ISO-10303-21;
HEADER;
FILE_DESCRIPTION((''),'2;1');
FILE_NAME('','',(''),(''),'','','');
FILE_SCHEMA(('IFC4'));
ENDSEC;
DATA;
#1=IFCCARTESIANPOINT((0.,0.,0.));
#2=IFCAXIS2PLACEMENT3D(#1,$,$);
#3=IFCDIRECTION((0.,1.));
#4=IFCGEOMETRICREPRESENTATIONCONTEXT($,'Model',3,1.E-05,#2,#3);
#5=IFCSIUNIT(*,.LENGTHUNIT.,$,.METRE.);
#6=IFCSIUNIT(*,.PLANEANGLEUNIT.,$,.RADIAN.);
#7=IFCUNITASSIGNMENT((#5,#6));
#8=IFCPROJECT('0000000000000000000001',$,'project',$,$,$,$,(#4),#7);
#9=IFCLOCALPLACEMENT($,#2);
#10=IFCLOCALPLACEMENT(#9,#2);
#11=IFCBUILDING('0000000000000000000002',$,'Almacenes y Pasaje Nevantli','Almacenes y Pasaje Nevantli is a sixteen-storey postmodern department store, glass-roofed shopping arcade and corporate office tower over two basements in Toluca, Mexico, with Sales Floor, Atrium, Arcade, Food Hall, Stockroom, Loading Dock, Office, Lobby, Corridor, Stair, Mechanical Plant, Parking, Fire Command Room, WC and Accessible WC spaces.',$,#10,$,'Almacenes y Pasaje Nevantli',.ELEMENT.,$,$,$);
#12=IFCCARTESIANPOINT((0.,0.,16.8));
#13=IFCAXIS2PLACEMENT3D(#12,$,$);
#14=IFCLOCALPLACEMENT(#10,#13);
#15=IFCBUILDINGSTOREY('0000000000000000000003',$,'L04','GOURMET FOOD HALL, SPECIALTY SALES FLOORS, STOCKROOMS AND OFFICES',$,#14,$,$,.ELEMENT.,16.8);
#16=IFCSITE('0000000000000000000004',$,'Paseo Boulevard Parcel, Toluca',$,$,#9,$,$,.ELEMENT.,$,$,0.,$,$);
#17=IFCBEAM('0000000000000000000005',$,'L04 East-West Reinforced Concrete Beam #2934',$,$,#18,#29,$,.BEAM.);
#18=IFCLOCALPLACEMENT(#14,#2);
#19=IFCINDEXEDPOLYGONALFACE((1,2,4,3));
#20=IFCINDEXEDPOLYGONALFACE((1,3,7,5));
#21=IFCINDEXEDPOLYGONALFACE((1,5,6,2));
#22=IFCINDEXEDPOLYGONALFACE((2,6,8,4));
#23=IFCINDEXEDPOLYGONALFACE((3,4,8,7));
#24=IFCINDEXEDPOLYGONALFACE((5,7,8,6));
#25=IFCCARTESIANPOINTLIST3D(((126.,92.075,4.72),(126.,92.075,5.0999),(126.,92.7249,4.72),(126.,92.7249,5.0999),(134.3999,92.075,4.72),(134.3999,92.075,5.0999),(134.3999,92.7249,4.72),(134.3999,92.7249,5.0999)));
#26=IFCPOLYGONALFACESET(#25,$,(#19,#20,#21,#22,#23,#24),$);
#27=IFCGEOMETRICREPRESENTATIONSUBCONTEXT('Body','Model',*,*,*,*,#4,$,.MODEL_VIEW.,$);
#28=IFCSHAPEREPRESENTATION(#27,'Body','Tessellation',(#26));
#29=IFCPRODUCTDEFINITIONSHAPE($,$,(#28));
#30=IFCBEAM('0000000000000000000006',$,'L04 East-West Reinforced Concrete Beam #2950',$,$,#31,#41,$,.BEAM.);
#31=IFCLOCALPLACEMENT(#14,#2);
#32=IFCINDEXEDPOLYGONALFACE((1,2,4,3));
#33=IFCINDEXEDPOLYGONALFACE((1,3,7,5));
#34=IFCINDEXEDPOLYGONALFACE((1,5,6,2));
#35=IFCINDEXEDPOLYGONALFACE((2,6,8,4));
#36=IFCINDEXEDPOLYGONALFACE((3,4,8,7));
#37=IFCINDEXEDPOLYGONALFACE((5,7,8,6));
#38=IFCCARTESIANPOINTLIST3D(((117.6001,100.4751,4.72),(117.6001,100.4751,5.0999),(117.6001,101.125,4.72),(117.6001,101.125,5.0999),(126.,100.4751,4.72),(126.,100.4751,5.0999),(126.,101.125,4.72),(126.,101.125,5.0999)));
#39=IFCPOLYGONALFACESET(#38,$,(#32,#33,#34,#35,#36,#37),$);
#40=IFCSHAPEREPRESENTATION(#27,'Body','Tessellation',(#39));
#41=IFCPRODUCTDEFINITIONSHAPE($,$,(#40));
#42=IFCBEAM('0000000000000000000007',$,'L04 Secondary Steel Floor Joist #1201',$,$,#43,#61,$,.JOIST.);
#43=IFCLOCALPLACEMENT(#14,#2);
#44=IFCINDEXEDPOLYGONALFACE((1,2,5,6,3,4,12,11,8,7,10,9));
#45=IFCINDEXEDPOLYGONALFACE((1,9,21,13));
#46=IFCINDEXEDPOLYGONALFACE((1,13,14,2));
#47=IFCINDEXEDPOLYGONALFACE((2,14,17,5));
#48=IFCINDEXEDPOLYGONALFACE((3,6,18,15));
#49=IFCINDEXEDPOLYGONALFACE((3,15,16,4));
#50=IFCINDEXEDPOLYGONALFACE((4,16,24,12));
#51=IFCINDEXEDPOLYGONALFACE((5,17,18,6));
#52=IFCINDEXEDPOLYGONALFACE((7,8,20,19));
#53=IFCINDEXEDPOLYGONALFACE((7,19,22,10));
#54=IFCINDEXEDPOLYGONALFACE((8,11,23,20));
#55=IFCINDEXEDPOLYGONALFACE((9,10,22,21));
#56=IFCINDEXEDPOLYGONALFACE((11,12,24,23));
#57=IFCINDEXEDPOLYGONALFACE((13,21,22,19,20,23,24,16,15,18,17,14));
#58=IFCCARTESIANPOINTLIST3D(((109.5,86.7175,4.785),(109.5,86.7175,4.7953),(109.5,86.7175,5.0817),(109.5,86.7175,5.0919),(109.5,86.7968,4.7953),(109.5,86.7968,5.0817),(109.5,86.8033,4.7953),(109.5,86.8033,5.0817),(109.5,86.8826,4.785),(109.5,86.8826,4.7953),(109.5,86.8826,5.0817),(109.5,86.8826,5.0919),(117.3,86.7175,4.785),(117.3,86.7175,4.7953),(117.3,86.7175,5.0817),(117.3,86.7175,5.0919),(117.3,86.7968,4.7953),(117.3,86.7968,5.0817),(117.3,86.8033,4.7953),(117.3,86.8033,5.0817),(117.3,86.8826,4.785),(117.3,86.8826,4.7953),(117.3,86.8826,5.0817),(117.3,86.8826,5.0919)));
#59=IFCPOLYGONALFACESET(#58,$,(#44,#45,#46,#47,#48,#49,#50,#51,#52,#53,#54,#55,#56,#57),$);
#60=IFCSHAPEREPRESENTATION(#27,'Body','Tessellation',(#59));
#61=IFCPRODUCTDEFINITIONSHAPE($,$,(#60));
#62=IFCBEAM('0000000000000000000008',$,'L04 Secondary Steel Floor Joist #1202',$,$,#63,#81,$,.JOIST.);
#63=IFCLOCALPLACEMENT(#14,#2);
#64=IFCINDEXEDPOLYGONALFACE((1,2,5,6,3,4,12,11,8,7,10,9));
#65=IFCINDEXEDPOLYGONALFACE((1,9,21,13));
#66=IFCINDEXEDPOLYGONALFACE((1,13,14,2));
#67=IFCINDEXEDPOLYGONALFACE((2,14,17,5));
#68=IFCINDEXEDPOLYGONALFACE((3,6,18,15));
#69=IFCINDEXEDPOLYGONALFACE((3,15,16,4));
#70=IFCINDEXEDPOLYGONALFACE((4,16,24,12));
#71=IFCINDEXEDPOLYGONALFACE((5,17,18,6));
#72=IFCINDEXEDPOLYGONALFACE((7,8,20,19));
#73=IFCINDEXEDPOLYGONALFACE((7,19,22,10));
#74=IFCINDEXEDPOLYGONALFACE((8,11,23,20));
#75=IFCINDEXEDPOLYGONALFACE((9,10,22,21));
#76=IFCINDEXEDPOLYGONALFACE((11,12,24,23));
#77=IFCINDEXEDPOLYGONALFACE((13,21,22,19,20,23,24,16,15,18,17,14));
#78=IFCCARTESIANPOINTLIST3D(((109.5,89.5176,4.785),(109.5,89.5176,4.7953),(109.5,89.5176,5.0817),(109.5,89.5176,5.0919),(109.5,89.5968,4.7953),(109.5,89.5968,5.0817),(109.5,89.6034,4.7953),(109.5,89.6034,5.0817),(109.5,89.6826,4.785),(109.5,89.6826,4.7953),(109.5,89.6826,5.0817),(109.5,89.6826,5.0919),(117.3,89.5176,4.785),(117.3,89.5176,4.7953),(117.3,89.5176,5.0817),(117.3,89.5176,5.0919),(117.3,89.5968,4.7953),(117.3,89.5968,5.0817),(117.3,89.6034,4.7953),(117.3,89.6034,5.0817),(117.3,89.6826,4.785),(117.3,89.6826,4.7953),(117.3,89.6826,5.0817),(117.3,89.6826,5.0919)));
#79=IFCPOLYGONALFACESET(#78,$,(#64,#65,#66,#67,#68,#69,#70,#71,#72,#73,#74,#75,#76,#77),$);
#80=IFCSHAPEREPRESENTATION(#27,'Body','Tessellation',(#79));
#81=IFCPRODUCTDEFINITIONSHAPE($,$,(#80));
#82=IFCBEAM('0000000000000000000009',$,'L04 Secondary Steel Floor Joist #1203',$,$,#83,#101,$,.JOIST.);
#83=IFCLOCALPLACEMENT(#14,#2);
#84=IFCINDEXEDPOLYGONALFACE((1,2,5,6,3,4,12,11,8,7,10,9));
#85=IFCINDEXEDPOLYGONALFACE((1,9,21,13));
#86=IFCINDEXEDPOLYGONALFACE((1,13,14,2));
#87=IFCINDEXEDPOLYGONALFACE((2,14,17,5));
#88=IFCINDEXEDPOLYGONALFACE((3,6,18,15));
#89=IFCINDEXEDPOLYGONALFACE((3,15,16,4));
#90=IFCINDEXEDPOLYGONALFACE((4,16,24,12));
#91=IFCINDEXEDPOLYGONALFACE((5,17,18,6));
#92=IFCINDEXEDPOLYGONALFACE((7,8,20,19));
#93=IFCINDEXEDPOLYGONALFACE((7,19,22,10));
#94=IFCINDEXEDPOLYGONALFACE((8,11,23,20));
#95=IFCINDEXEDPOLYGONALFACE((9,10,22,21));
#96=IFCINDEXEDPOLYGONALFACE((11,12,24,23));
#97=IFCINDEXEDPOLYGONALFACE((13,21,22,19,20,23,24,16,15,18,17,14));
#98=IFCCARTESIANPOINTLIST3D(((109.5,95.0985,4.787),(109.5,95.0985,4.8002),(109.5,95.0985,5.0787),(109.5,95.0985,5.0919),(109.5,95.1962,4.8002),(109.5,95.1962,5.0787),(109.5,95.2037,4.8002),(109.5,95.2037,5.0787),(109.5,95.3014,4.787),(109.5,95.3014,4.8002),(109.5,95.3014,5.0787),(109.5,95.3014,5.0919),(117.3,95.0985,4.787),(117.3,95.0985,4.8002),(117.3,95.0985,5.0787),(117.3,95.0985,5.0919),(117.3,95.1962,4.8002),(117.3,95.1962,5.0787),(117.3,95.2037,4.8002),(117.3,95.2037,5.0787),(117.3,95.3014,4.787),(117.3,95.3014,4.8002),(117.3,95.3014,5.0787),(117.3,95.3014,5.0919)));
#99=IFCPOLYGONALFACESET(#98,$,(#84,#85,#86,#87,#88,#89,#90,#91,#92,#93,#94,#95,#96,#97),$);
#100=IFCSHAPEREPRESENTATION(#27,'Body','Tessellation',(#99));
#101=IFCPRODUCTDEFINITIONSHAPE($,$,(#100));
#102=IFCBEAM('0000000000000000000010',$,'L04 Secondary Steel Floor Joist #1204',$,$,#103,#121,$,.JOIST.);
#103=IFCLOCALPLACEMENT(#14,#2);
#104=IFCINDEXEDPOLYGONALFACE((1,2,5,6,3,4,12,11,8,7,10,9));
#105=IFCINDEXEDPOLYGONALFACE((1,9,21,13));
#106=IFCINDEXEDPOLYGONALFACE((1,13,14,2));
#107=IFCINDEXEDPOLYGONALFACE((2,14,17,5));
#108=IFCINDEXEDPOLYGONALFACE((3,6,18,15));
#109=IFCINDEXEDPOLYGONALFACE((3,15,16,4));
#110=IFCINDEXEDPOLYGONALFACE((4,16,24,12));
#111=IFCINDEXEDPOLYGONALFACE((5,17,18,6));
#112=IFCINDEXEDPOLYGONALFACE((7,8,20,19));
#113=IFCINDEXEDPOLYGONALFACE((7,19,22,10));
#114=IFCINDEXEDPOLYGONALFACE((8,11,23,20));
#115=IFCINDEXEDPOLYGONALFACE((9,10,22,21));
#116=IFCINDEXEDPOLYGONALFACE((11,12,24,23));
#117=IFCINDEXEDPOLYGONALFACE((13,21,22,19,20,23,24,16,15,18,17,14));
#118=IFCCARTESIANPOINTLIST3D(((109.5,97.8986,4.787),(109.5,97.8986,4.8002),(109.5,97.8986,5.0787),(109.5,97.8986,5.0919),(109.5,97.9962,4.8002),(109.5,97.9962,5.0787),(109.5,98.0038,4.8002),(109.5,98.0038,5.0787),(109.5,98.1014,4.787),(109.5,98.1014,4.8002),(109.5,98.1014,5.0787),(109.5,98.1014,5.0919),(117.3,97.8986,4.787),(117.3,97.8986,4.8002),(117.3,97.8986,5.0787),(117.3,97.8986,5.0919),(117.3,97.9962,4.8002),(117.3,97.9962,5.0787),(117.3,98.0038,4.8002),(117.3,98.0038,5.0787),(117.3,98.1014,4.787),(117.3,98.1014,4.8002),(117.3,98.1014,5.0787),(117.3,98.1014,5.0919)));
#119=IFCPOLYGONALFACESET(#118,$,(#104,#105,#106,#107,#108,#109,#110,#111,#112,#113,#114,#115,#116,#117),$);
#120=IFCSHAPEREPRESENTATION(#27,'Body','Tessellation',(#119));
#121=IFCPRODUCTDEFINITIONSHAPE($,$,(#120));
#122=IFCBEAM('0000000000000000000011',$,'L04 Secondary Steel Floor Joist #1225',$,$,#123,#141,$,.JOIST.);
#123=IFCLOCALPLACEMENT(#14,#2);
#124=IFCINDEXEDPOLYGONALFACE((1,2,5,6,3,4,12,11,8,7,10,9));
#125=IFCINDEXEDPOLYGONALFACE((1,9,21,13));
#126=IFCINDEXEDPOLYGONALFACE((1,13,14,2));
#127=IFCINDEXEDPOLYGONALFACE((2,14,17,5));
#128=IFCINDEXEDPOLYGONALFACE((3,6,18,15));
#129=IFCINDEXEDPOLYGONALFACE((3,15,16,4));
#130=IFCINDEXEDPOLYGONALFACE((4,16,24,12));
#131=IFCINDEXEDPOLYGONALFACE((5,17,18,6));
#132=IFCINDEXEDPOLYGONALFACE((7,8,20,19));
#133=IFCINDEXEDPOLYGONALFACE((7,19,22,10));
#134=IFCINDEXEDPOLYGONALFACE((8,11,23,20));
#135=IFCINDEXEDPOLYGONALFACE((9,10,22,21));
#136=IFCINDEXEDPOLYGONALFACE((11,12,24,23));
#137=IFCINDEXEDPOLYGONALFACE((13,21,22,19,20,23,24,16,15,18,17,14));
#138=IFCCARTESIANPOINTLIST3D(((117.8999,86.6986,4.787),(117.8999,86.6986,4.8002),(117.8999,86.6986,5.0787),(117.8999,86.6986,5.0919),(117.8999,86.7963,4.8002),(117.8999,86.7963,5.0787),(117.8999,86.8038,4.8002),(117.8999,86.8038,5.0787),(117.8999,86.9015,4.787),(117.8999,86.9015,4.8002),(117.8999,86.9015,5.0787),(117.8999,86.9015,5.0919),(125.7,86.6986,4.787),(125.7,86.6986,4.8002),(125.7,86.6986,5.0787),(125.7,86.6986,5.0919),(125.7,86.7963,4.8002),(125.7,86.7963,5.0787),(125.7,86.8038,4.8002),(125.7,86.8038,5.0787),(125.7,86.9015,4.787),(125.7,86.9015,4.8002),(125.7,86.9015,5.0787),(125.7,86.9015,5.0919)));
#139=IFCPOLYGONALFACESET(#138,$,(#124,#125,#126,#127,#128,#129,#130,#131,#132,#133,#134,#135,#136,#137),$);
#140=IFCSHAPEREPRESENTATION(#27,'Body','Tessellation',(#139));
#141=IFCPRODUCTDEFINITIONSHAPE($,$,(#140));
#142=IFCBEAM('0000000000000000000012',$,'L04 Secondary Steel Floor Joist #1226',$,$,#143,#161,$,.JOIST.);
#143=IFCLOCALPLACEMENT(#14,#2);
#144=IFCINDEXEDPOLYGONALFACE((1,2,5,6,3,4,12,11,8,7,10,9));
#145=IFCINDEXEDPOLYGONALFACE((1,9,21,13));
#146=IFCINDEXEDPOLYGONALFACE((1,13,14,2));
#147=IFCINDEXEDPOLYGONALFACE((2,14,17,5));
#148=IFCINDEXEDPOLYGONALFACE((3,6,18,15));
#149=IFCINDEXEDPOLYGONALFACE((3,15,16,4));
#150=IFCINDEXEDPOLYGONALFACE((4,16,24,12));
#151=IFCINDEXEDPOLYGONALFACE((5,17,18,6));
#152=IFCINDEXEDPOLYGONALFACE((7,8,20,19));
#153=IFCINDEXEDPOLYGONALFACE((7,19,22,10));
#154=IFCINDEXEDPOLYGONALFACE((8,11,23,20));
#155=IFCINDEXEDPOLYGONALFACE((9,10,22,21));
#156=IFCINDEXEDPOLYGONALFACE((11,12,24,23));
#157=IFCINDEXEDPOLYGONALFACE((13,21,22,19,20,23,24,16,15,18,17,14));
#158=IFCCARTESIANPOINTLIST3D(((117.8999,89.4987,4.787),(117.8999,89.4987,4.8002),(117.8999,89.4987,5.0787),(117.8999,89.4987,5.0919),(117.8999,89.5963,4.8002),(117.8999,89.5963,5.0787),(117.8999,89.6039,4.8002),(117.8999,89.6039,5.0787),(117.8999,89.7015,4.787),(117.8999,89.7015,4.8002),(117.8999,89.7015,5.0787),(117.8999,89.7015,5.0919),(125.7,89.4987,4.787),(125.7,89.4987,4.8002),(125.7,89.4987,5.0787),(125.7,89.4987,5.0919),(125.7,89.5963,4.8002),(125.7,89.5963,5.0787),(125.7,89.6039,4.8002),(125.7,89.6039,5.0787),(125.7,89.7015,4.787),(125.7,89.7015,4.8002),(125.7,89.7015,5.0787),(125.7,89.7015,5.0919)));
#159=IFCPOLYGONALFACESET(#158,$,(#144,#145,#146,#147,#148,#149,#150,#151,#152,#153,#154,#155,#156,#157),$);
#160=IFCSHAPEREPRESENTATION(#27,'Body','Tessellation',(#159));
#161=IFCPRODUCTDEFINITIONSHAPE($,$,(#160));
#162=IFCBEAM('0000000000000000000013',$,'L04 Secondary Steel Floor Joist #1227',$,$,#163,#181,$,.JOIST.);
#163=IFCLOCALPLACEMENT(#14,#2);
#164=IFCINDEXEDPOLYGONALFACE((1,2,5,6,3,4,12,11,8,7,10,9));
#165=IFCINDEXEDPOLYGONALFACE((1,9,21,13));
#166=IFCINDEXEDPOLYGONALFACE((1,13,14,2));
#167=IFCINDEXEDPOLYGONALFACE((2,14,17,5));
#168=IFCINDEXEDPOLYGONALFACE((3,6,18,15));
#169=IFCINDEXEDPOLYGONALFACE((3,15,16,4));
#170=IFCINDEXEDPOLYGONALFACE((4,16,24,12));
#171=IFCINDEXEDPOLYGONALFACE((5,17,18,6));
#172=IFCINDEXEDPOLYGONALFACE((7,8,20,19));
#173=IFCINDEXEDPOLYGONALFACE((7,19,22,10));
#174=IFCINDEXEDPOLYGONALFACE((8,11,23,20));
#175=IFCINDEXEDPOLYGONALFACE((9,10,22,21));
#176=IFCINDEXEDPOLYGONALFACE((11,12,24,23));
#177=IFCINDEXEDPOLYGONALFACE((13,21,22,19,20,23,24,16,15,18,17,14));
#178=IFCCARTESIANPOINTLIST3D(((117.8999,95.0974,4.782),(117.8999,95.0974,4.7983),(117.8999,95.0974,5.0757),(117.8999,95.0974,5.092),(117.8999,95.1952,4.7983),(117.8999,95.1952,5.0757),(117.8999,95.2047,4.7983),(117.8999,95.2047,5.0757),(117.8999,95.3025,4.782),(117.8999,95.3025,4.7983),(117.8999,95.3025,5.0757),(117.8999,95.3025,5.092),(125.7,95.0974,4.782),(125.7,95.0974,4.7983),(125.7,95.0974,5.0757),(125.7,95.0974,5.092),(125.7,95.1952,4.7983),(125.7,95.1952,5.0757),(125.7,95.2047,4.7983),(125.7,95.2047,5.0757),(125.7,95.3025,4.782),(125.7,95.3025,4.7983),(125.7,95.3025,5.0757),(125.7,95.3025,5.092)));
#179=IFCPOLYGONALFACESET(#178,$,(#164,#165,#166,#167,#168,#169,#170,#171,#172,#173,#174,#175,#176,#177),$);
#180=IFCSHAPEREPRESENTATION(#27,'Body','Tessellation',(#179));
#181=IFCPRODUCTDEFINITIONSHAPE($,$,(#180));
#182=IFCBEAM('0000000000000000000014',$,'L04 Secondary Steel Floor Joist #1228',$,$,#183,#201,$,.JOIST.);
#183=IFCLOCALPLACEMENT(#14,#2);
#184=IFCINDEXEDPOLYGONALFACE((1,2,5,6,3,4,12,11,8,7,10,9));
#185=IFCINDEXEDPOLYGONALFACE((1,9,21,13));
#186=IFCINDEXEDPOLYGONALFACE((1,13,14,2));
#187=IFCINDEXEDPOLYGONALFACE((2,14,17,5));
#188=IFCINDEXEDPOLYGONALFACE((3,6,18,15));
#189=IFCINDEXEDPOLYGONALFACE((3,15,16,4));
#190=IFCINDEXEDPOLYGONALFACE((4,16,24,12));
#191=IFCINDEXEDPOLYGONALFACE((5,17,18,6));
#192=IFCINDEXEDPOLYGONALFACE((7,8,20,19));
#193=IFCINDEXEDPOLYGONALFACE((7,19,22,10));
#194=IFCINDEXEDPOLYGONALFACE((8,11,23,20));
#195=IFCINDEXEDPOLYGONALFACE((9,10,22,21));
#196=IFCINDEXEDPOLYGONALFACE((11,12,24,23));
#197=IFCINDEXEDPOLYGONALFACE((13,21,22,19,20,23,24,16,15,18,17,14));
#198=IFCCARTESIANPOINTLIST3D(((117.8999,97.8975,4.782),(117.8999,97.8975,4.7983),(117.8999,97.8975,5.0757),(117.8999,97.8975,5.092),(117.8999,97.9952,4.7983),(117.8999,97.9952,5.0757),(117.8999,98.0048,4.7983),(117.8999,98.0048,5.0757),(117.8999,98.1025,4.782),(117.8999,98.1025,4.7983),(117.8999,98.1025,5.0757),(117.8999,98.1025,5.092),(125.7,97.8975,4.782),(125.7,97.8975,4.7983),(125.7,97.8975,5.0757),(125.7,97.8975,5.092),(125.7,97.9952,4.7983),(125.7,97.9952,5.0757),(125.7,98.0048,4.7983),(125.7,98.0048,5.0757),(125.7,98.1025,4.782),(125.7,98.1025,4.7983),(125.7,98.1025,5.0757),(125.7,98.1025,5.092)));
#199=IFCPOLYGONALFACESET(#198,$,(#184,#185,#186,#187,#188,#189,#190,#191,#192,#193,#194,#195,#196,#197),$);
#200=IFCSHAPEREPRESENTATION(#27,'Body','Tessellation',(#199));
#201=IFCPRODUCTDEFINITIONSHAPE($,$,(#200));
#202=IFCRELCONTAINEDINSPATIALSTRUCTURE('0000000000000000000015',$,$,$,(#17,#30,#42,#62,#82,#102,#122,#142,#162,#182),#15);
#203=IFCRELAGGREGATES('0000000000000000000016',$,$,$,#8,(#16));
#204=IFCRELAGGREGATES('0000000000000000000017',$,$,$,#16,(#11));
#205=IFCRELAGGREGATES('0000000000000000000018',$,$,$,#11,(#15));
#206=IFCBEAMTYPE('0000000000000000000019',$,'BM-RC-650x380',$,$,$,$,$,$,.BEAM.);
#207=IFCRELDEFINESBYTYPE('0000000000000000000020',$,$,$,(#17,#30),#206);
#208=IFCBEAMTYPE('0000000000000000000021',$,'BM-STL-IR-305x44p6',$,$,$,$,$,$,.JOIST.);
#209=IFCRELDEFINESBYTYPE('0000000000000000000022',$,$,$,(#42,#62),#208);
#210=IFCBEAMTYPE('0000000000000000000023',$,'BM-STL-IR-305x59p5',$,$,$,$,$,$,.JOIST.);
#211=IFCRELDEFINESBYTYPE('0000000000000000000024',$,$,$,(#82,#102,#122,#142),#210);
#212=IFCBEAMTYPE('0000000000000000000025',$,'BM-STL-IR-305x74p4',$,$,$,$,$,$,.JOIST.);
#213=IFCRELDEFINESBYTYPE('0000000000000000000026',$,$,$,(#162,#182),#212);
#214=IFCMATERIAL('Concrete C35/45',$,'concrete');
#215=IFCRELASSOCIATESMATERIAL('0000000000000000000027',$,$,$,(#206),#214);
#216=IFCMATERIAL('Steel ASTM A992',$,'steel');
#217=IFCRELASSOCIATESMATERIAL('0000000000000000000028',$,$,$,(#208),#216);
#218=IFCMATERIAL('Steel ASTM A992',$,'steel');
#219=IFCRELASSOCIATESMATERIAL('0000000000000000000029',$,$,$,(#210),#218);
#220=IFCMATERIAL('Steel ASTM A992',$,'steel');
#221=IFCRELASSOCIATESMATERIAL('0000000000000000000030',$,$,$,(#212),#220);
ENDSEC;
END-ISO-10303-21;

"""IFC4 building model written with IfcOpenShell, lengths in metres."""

from ifc_helpers import new_model, si_unit, direction, frame, origin, origin_2d, place, context, subcontext, project, spatial, rectangle, i_section, extrude, material, material_profile, profile_set, type_object, element, save


model = new_model("IFC4")

# Units and contexts
model_context = context("Model", 3, precision=1e-05, world=origin(), true_north=direction((0.0, 1.0)))
body_context = subcontext(model_context, "Body", "Model", "MODEL_VIEW")
ifc_project = project(units=[si_unit("LENGTHUNIT", "METRE"), si_unit("PLANEANGLEUNIT", "RADIAN")], contexts=[model_context])

# Site, building, storey
site_placement = place(None, origin())
site = spatial("IfcSite", under=ifc_project, at=site_placement, Name="Paseo Boulevard Parcel, Toluca", CompositionType="ELEMENT", RefElevation=0.0)
building_placement = place(site_placement, origin())
building = spatial("IfcBuilding", under=site, at=building_placement, Name="Almacenes y Pasaje Nevantli", Description="Almacenes y Pasaje Nevantli is a sixteen-storey postmodern department store, glass-roofed shopping arcade and corporate office tower over two basements in Toluca, Mexico, with Sales Floor, Atrium, Arcade, Food Hall, Stockroom, Loading Dock, Office, Lobby, Corridor, Stair, Mechanical Plant, Parking, Fire Command Room, WC and Accessible WC spaces.", LongName="Almacenes y Pasaje Nevantli", CompositionType="ELEMENT")
storey_placement = place(building_placement, frame((0.0, 0.0, 16.8)))
storey = spatial("IfcBuildingStorey", under=building, at=storey_placement, Name="L04", Description="GOURMET FOOD HALL, SPECIALTY SALES FLOORS, STOCKROOMS AND OFFICES", CompositionType="ELEMENT", Elevation=16.8)

# Beams
ifc_material_1 = material(Name="Concrete C35/45", Category="concrete")
ifc_material_profile_1 = material_profile(ifc_material_1, rectangle(XDim=0.6499, YDim=0.3799, at=origin_2d()), Name="RC-BM-650x380")
ifc_profile_set_1 = profile_set([ifc_material_profile_1], Name="Concrete C35/45")
beam_type_1 = type_object("IfcBeamType", Name="BM-RC-650x380", PredefinedType="BEAM", material=ifc_profile_set_1)
for number, where, z_axis, x_axis, name in (
    (1, (126.0, 92.3999, 4.9099), (1.0, 0.0, 0.0), (0.0, 1.0, 0.0), "L04 East-West Reinforced Concrete Beam #2934"),
    (2, (117.6001, 100.8, 4.9099), (1.0, 0.0, 0.0), (0.0, 1.0, 0.0), "L04 East-West Reinforced Concrete Beam #2950"),
):
    element("IfcBeam", number, at=place(storey_placement, frame(where, z_axis=z_axis, x_axis=x_axis)), inside=storey, type_object=beam_type_1, Name=name, PredefinedType="BEAM", context=body_context, shape_type="SweptSolid", body=[
        extrude(rectangle(XDim=0.6499, YDim=0.3799, at=origin_2d()), origin(), (0.0, 0.0, 1.0), 8.3999),
    ])
ifc_material_2 = material(Name="Steel ASTM A992", Category="steel")
ifc_material_profile_2 = material_profile(ifc_material_2, i_section(OverallWidth=0.165, OverallDepth=0.3069, WebThickness=0.0066, FlangeThickness=0.0103, at=origin_2d()), Name="IR 305x44.6")
ifc_profile_set_2 = profile_set([ifc_material_profile_2], Name="Steel ASTM A992")
beam_type_2 = type_object("IfcBeamType", Name="BM-STL-IR-305x44p6", PredefinedType="JOIST", material=ifc_profile_set_2)
for number, where, z_axis, x_axis, name in (
    (3, (109.5, 86.8, 4.9385), (1.0, 0.0, 0.0), (0.0, 1.0, 0.0), "L04 Secondary Steel Floor Joist #1201"),
    (4, (109.5, 89.6001, 4.9385), (1.0, 0.0, 0.0), (0.0, 1.0, 0.0), "L04 Secondary Steel Floor Joist #1202"),
):
    element("IfcBeam", number, at=place(storey_placement, frame(where, z_axis=z_axis, x_axis=x_axis)), inside=storey, type_object=beam_type_2, Name=name, PredefinedType="JOIST", context=body_context, shape_type="SweptSolid", body=[
        extrude(i_section(OverallWidth=0.165, OverallDepth=0.3069, WebThickness=0.0066, FlangeThickness=0.0103, at=origin_2d()), origin(), (0.0, 0.0, 1.0), 7.8),
    ])
ifc_material_3 = material(Name="Steel ASTM A992", Category="steel")
ifc_material_profile_3 = material_profile(ifc_material_3, i_section(OverallWidth=0.2029, OverallDepth=0.3049, WebThickness=0.0076, FlangeThickness=0.0132, at=origin_2d()), Name="IR 305x59.5")
ifc_profile_set_3 = profile_set([ifc_material_profile_3], Name="Steel ASTM A992")
beam_type_3 = type_object("IfcBeamType", Name="BM-STL-IR-305x59p5", PredefinedType="JOIST", material=ifc_profile_set_3)
for number, where, z_axis, x_axis, name in (
    (5, (109.5, 95.2, 4.9395), (1.0, 0.0, 0.0), (0.0, 1.0, 0.0), "L04 Secondary Steel Floor Joist #1203"),
    (6, (109.5, 98.0, 4.9395), (1.0, 0.0, 0.0), (0.0, 1.0, 0.0), "L04 Secondary Steel Floor Joist #1204"),
    (7, (117.8999, 86.8, 4.9395), (1.0, 0.0, 0.0), (0.0, 1.0, 0.0), "L04 Secondary Steel Floor Joist #1225"),
    (8, (117.8999, 89.6001, 4.9395), (1.0, 0.0, 0.0), (0.0, 1.0, 0.0), "L04 Secondary Steel Floor Joist #1226"),
):
    element("IfcBeam", number, at=place(storey_placement, frame(where, z_axis=z_axis, x_axis=x_axis)), inside=storey, type_object=beam_type_3, Name=name, PredefinedType="JOIST", context=body_context, shape_type="SweptSolid", body=[
        extrude(i_section(OverallWidth=0.2029, OverallDepth=0.3049, WebThickness=0.0076, FlangeThickness=0.0132, at=origin_2d()), origin(), (0.0, 0.0, 1.0), 7.8),
    ])
ifc_material_4 = material(Name="Steel ASTM A992", Category="steel")
ifc_material_profile_4 = material_profile(ifc_material_4, i_section(OverallWidth=0.2051, OverallDepth=0.3101, WebThickness=0.0095, FlangeThickness=0.0164, at=origin_2d()), Name="IR 305x74.4")
ifc_profile_set_4 = profile_set([ifc_material_profile_4], Name="Steel ASTM A992")
beam_type_4 = type_object("IfcBeamType", Name="BM-STL-IR-305x74p4", PredefinedType="JOIST", material=ifc_profile_set_4)
for number, where, z_axis, x_axis, name in (
    (9, (117.8999, 95.2, 4.937), (1.0, 0.0, 0.0), (0.0, 1.0, 0.0), "L04 Secondary Steel Floor Joist #1227"),
    (10, (117.8999, 98.0, 4.937), (1.0, 0.0, 0.0), (0.0, 1.0, 0.0), "L04 Secondary Steel Floor Joist #1228"),
):
    element("IfcBeam", number, at=place(storey_placement, frame(where, z_axis=z_axis, x_axis=x_axis)), inside=storey, type_object=beam_type_4, Name=name, PredefinedType="JOIST", context=body_context, shape_type="SweptSolid", body=[
        extrude(i_section(OverallWidth=0.2051, OverallDepth=0.3101, WebThickness=0.0095, FlangeThickness=0.0164, at=origin_2d()), origin(), (0.0, 0.0, 1.0), 7.8),
    ])

save(model, "model.ifc")
